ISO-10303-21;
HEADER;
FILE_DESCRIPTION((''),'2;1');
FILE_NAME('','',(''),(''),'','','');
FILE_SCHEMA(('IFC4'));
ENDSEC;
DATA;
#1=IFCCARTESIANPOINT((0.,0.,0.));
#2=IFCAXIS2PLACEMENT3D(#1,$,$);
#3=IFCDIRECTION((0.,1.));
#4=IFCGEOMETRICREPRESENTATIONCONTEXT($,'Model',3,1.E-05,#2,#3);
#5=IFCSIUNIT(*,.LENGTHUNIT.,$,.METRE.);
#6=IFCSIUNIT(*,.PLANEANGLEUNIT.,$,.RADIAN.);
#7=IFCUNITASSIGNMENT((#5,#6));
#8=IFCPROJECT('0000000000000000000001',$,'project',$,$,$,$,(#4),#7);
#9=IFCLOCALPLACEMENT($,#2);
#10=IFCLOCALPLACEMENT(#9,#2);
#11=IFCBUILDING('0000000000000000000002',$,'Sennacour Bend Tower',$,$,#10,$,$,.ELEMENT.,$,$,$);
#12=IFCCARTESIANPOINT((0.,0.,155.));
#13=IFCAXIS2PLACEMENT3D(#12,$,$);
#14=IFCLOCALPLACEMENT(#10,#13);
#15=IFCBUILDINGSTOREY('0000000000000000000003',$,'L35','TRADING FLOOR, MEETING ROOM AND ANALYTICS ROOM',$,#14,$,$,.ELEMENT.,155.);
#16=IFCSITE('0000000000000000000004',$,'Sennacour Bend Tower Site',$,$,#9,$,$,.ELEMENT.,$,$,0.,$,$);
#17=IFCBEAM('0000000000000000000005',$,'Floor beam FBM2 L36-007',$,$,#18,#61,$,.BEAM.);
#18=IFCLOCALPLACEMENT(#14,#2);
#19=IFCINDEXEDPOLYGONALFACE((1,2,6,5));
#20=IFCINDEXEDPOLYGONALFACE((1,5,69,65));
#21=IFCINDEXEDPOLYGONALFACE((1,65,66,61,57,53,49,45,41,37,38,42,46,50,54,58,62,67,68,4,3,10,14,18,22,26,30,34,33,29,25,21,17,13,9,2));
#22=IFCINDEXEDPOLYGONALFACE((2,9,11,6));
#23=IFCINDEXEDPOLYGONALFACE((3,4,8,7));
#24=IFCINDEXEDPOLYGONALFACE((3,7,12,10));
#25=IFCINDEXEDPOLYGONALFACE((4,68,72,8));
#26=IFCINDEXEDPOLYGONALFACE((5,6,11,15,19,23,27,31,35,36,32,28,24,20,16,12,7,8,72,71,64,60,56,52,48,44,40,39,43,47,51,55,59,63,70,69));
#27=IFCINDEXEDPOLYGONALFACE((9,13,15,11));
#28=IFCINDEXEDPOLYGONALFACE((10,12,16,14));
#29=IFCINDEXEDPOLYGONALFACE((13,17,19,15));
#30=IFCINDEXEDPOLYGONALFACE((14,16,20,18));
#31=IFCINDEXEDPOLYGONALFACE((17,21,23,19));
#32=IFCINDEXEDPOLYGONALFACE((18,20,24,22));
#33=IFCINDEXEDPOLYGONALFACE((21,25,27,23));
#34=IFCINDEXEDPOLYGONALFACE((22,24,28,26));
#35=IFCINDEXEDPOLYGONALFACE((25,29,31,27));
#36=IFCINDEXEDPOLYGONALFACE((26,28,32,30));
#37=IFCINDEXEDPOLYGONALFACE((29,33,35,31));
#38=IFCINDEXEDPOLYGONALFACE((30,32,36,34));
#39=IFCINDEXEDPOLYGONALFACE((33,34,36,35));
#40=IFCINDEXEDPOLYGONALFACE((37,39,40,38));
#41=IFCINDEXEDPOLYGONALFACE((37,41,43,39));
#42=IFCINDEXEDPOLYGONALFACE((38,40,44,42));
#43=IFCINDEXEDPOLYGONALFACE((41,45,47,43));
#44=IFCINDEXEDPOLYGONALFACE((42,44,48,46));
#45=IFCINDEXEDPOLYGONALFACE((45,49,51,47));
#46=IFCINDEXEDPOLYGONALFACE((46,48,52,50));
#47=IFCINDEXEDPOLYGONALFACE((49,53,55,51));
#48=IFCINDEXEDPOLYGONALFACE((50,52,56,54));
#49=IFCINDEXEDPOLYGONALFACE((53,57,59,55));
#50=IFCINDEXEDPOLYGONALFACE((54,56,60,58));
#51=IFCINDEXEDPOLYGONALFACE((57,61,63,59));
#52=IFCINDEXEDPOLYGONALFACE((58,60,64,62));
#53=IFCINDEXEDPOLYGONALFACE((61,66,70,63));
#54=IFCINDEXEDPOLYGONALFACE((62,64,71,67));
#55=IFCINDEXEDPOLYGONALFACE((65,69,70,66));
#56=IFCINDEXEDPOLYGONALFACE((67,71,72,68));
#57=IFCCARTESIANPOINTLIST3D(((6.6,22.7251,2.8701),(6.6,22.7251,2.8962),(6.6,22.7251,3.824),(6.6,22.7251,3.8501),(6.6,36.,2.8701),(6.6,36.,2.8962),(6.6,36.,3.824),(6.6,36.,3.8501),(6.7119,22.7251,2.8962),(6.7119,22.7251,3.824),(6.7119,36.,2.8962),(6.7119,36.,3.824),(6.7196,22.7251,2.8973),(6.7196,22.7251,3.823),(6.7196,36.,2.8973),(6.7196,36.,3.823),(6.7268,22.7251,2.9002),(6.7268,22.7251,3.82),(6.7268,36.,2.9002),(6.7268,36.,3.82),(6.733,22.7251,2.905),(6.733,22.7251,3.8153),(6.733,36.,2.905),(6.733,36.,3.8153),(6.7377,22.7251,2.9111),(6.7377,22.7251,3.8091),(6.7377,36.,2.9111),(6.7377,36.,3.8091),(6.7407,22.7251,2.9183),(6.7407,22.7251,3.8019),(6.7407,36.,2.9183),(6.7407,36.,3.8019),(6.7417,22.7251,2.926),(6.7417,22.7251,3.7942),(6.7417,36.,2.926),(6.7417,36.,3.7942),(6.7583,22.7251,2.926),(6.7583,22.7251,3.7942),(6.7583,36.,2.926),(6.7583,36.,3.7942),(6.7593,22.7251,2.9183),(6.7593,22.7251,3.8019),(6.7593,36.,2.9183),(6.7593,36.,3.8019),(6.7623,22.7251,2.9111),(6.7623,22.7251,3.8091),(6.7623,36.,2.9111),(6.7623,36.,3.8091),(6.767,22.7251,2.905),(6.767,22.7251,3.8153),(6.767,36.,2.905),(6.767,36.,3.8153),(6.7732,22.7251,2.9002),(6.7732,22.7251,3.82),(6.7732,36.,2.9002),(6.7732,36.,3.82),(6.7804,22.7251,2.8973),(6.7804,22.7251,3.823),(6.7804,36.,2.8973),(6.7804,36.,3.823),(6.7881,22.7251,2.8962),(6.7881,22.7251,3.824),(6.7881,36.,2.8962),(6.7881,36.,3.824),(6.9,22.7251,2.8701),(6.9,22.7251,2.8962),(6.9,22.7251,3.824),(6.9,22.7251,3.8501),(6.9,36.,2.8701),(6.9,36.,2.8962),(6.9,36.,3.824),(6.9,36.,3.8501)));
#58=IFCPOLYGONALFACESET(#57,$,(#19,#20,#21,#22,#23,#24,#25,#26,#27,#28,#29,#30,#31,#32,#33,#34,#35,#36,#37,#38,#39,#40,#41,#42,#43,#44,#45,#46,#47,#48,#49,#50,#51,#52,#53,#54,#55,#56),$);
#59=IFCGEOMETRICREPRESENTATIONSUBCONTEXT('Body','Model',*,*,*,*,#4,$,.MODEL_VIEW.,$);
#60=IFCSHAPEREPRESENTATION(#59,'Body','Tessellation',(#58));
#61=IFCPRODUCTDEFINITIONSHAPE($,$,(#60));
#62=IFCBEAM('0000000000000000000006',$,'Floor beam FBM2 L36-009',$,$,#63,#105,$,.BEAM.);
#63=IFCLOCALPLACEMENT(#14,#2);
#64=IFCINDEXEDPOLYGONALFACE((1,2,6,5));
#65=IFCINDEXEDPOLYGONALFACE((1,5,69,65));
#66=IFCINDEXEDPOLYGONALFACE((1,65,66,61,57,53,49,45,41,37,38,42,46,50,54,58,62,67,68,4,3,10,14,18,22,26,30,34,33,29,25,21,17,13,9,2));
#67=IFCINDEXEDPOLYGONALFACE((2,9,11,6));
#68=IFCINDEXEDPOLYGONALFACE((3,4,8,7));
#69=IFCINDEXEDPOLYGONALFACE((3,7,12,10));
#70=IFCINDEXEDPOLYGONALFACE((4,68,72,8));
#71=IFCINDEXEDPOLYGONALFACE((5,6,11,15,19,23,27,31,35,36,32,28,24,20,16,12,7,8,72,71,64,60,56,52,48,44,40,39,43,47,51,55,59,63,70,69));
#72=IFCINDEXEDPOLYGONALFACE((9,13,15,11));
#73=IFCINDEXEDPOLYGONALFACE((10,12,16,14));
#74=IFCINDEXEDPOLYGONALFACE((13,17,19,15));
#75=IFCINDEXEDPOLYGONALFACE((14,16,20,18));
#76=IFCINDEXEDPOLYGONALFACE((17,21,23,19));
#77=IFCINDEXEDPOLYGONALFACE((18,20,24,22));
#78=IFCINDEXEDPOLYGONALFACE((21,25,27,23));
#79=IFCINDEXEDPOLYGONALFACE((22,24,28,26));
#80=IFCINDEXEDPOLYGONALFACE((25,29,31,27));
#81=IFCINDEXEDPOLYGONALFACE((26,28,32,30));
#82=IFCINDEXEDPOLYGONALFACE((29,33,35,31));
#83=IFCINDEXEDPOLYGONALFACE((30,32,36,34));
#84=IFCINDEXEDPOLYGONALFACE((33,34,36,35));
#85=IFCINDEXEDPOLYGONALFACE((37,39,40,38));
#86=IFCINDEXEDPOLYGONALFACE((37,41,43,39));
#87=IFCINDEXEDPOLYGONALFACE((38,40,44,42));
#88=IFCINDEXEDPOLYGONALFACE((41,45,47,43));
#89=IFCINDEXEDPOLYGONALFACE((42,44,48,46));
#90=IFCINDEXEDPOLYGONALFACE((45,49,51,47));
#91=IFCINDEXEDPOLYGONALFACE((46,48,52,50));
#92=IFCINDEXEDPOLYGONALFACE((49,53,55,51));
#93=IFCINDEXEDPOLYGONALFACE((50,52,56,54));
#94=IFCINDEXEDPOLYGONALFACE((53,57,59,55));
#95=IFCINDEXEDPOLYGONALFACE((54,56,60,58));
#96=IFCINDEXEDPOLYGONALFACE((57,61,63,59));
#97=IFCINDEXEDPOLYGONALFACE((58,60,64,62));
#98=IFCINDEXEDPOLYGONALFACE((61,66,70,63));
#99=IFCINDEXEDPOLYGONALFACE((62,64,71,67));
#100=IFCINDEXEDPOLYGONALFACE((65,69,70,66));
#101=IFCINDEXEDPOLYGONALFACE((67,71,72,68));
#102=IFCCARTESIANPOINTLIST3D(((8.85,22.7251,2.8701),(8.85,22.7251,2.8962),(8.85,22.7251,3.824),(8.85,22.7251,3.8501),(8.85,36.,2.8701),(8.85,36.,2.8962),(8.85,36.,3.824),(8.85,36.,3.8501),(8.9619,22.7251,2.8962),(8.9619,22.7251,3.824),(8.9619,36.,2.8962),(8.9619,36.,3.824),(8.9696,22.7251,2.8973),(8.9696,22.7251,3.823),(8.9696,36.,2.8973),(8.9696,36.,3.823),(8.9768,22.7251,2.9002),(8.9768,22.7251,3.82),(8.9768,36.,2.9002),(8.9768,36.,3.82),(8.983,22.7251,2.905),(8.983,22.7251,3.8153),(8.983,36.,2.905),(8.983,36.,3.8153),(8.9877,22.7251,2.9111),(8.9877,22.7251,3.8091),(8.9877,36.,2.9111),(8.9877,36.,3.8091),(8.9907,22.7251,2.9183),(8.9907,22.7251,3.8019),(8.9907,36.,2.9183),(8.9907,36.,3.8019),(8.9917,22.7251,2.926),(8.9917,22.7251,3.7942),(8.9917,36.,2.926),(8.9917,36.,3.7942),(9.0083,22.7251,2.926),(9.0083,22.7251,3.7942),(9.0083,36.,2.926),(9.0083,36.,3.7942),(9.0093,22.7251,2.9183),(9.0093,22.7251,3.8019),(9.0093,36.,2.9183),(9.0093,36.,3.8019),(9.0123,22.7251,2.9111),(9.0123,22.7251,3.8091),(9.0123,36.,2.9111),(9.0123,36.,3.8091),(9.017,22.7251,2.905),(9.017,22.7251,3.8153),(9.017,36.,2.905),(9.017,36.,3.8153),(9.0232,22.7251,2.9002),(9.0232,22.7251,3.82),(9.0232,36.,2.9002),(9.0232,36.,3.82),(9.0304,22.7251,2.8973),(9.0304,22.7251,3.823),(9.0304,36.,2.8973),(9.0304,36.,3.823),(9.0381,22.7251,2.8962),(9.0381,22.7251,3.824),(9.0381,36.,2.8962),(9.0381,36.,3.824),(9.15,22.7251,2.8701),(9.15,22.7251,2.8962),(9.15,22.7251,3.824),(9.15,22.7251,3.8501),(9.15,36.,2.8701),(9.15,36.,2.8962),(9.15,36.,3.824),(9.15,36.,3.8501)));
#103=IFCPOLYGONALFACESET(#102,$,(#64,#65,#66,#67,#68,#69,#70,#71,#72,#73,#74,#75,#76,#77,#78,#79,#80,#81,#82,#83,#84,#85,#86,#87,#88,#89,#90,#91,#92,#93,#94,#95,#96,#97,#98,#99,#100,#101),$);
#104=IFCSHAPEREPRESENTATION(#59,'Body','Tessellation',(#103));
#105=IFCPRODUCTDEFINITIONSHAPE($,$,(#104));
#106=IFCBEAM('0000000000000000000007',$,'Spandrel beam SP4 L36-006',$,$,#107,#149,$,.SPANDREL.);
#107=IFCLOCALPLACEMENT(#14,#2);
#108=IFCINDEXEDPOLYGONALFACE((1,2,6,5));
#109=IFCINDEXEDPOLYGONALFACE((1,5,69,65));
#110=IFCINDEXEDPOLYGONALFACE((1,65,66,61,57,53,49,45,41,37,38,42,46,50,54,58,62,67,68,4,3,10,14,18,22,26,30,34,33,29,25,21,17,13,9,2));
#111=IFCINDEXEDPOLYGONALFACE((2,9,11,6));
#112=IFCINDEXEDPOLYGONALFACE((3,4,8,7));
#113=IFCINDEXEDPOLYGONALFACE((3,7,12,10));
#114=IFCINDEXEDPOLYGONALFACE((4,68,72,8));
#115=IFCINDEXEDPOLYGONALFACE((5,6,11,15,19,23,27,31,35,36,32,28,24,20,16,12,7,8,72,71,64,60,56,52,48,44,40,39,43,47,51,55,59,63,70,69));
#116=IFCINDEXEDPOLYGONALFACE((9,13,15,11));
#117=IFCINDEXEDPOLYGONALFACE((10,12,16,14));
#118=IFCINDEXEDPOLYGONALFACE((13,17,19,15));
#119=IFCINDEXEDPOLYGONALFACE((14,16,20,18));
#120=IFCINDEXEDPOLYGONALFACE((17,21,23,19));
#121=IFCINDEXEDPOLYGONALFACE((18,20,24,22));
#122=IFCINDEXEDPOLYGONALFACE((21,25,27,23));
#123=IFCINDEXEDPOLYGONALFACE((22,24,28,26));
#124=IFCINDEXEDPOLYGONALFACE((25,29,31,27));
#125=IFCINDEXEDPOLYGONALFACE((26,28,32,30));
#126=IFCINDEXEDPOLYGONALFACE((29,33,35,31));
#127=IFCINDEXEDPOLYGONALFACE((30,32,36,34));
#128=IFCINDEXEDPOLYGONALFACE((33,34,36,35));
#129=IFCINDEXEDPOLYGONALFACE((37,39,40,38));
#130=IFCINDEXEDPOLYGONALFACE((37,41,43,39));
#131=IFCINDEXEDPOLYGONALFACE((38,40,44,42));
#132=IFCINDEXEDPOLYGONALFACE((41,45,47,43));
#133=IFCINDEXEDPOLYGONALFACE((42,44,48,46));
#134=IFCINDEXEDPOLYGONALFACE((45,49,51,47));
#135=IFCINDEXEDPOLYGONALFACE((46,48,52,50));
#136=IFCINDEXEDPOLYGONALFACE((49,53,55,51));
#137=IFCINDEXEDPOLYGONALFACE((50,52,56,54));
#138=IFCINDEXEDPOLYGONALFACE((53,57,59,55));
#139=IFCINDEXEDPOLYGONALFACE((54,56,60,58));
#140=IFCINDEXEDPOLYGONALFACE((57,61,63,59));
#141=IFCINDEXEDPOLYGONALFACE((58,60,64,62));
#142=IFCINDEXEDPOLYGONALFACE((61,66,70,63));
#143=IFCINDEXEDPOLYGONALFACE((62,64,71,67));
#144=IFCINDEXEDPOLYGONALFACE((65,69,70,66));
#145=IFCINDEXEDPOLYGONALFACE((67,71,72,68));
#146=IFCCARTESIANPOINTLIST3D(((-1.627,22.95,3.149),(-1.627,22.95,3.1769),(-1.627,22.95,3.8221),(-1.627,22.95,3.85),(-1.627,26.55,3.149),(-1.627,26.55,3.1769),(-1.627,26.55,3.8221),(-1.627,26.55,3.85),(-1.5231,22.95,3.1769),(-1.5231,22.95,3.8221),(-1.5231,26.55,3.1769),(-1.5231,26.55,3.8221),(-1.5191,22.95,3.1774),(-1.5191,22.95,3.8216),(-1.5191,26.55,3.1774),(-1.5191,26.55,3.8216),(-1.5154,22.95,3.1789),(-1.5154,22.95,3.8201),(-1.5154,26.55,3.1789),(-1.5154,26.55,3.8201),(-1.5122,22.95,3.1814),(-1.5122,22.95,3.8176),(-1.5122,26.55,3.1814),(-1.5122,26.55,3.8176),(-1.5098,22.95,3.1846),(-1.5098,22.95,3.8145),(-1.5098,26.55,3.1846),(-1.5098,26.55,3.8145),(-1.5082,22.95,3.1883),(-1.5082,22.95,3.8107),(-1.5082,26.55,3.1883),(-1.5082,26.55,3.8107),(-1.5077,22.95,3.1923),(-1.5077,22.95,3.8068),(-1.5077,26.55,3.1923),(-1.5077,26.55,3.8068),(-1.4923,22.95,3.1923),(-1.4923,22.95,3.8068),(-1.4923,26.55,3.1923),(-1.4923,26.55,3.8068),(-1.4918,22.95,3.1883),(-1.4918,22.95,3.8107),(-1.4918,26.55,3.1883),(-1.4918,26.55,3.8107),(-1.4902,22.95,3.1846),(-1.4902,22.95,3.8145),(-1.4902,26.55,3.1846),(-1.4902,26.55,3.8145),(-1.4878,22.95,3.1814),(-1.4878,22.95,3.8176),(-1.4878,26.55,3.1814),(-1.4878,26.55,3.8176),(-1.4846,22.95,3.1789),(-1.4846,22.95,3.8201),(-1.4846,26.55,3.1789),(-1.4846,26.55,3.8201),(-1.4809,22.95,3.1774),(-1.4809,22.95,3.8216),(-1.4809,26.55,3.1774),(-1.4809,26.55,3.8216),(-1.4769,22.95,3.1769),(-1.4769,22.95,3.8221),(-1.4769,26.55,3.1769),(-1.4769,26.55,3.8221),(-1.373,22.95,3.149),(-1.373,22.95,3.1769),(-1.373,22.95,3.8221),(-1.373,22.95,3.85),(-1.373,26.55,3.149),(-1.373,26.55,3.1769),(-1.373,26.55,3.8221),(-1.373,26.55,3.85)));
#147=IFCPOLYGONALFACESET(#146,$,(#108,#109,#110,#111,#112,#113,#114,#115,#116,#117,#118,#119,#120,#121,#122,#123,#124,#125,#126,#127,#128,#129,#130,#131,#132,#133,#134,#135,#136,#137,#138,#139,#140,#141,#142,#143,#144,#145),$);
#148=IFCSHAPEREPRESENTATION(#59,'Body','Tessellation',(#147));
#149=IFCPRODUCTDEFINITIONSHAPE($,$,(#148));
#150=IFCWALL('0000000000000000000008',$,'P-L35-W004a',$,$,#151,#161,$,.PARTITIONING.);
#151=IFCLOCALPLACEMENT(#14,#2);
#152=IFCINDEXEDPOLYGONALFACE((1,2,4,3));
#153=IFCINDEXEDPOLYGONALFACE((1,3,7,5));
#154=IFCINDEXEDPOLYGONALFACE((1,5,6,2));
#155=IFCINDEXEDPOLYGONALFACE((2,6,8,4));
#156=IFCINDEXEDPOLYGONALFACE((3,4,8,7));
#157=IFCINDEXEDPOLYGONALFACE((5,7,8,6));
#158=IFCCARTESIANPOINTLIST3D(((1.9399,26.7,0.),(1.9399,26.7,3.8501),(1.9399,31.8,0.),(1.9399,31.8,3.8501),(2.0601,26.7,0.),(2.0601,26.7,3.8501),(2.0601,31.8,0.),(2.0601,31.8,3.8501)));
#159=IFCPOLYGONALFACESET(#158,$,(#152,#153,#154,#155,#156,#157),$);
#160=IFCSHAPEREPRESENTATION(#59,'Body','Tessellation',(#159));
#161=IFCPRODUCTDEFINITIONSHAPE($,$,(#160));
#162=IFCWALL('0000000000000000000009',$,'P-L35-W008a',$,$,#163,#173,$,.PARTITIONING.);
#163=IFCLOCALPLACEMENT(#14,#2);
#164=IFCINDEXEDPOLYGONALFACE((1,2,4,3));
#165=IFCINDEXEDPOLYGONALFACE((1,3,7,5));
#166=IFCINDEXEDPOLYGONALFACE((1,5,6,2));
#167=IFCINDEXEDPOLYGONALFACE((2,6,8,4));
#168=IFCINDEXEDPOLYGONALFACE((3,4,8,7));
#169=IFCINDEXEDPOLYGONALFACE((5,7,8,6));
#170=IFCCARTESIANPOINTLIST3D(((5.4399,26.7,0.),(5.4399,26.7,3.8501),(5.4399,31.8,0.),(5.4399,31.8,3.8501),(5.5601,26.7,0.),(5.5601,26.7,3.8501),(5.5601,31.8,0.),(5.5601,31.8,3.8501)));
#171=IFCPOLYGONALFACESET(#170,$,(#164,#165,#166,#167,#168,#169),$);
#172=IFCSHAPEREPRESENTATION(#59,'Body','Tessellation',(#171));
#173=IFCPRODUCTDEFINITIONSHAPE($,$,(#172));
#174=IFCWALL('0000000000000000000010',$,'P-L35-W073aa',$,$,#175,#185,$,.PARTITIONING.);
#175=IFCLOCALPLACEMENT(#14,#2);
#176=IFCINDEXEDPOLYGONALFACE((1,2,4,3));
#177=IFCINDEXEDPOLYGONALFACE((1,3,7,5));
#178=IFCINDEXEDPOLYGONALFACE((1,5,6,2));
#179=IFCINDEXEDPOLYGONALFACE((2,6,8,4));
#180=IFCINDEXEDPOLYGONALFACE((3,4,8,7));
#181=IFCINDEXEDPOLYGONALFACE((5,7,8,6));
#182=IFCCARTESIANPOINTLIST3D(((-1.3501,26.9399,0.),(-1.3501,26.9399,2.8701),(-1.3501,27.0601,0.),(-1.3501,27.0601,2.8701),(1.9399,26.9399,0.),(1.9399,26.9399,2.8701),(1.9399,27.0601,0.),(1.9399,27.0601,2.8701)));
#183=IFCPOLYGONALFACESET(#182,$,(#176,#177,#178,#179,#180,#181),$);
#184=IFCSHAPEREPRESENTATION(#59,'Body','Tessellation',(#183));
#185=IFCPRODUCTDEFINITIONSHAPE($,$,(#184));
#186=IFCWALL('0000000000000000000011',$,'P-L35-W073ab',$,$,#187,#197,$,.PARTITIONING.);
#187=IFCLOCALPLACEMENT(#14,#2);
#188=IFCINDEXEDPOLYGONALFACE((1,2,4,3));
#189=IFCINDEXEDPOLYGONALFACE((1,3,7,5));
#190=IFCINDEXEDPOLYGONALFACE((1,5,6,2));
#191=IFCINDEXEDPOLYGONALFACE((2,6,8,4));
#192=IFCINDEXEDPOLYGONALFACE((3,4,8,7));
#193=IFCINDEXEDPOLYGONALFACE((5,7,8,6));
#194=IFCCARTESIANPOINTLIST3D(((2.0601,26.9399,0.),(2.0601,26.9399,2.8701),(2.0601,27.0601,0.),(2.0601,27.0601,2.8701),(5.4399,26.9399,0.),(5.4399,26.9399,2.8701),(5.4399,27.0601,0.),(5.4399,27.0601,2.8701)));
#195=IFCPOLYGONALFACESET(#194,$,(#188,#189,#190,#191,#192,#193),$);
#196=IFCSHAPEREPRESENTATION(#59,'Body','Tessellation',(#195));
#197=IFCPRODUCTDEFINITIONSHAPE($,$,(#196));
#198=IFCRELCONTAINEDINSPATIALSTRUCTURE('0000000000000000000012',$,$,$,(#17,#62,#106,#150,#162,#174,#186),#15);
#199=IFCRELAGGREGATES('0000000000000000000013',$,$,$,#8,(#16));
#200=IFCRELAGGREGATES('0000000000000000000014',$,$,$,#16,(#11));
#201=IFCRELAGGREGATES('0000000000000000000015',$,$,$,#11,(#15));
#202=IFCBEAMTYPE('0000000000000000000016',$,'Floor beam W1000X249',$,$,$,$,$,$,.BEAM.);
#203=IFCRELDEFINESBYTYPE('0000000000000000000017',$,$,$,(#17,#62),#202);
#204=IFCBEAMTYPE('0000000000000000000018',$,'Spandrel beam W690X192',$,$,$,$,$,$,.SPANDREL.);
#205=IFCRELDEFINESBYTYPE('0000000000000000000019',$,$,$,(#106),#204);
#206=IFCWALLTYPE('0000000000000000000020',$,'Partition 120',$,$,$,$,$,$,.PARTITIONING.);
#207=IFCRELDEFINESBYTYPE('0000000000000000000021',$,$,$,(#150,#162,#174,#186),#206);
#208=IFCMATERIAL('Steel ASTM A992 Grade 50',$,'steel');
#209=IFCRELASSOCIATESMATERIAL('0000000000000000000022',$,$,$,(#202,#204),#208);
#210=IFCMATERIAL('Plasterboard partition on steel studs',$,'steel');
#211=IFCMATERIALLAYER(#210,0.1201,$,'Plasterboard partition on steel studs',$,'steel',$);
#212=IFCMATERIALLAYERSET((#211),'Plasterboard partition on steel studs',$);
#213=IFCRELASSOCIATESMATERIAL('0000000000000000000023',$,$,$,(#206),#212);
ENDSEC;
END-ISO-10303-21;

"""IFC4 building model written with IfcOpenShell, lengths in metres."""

from ifc_helpers import new_model, si_unit, direction, frame, frame_2d, origin, origin_2d, place, context, subcontext, project, spatial, rectangle, i_section, extrude, material, layer, layer_set, material_profile, profile_set, type_object, element, save


model = new_model("IFC4")

# Units and contexts
model_context = context("Model", 3, precision=1e-05, world=origin(), true_north=direction((0.0, 1.0)))
body_context = subcontext(model_context, "Body", "Model", "MODEL_VIEW")
ifc_project = project(units=[si_unit("LENGTHUNIT", "METRE"), si_unit("PLANEANGLEUNIT", "RADIAN")], contexts=[model_context])

# Site, building, storey
site_placement = place(None, origin())
site = spatial("IfcSite", under=ifc_project, at=site_placement, Name="Sennacour Bend Tower Site", CompositionType="ELEMENT", RefElevation=0.0)
building_placement = place(site_placement, origin())
building = spatial("IfcBuilding", under=site, at=building_placement, Name="Sennacour Bend Tower", CompositionType="ELEMENT")
storey_placement = place(building_placement, frame((0.0, 0.0, 155.0)))
storey = spatial("IfcBuildingStorey", under=building, at=storey_placement, Name="L35", Description="TRADING FLOOR, MEETING ROOM AND ANALYTICS ROOM", CompositionType="ELEMENT", Elevation=155.0)

# Beams
ifc_material_1 = material(Name="Steel ASTM A992 Grade 50", Category="steel")
ifc_material_profile_1 = material_profile(ifc_material_1, i_section(OverallWidth=0.3, OverallDepth=0.98, WebThickness=0.0166, FlangeThickness=0.0261, FilletRadius=0.0298, at=origin_2d()), Name="Steel ASTM A992 Grade 50", Category="steel")
ifc_profile_set_1 = profile_set([ifc_material_profile_1], Name="Steel ASTM A992 Grade 50")
beam_type_1 = type_object("IfcBeamType", Name="Floor beam W1000X249", PredefinedType="BEAM", material=ifc_profile_set_1)
for number, where, z_axis, x_axis, name in (
    (1, (6.75, 22.7251, 3.3601), (0.0, 1.0, 0.0), (-1.0, 0.0, 0.0), "Floor beam FBM2 L36-007"),
    (2, (9.0, 22.7251, 3.3601), (0.0, 1.0, 0.0), (-1.0, 0.0, 0.0), "Floor beam FBM2 L36-009"),
):
    element("IfcBeam", number, at=place(storey_placement, frame(where, z_axis=z_axis, x_axis=x_axis)), inside=storey, type_object=beam_type_1, Name=name, PredefinedType="BEAM", context=body_context, shape_type="SweptSolid", body=[
        extrude(i_section(OverallWidth=0.3, OverallDepth=0.98, WebThickness=0.0166, FlangeThickness=0.0261, FilletRadius=0.0298, at=origin_2d()), origin(), (0.0, 0.0, 1.0), 13.2749),
    ])
ifc_material_profile_2 = material_profile(ifc_material_1, i_section(OverallWidth=0.2539, OverallDepth=0.7009, WebThickness=0.0154, FlangeThickness=0.0278, FilletRadius=0.0154, at=origin_2d()), Name="Steel ASTM A992 Grade 50", Category="steel")
ifc_profile_set_2 = profile_set([ifc_material_profile_2], Name="Steel ASTM A992 Grade 50")
beam_type_2 = type_object("IfcBeamType", Name="Spandrel beam W690X192", PredefinedType="SPANDREL", material=ifc_profile_set_2)
beam_1_placement = place(storey_placement, frame((-1.5, 22.95, 3.4995), z_axis=(0.0, 1.0, 0.0), x_axis=(-1.0, 0.0, 0.0)))
element("IfcBeam", 3, at=beam_1_placement, inside=storey, type_object=beam_type_2, Name="Spandrel beam SP4 L36-006", PredefinedType="SPANDREL", context=body_context, shape_type="SweptSolid", body=[
    extrude(i_section(OverallWidth=0.2539, OverallDepth=0.7009, WebThickness=0.0154, FlangeThickness=0.0278, FilletRadius=0.0154, at=origin_2d()), origin(), (0.0, 0.0, 1.0), 3.6001),
])

# Walls
ifc_material_2 = material(Name="Plasterboard partition on steel studs", Category="steel")
ifc_layer_1 = layer(ifc_material_2, 0.1201, Name="Plasterboard partition on steel studs", Category="steel")
ifc_layer_set_1 = layer_set([ifc_layer_1], Name="Plasterboard partition on steel studs")
wall_type_1 = type_object("IfcWallType", Name="Partition 120", PredefinedType="PARTITIONING", material=ifc_layer_set_1)
for number, where, z_axis, x_axis, name in (
    (4, (2.0, 26.7, 0.0), (0.0, 0.0, 1.0), (0.0, 1.0, 0.0), "P-L35-W004a"),
    (5, (5.5, 26.7, 0.0), (0.0, 0.0, 1.0), (0.0, 1.0, 0.0), "P-L35-W008a"),
):
    element("IfcWall", number, at=place(storey_placement, frame(where, z_axis=z_axis, x_axis=x_axis)), inside=storey, type_object=wall_type_1, Name=name, PredefinedType="PARTITIONING", context=body_context, shape_type="SweptSolid", body=[
        extrude(rectangle(XDim=5.1001, YDim=0.1201, at=frame_2d((2.55, 0.0))), origin(), (0.0, 0.0, 1.0), 3.8501),
    ])
wall_1_placement = place(storey_placement, frame((-1.3501, 27.0, 0.0), z_axis=(0.0, 0.0, 1.0), x_axis=(1.0, 0.0, 0.0)))
element("IfcWall", 6, at=wall_1_placement, inside=storey, type_object=wall_type_1, Name="P-L35-W073aa", PredefinedType="PARTITIONING", context=body_context, shape_type="SweptSolid", body=[
    extrude(rectangle(XDim=3.29, YDim=0.1201, at=frame_2d((1.645, 0.0))), origin(), (0.0, 0.0, 1.0), 2.8701),
])
wall_2_placement = place(storey_placement, frame((2.0601, 27.0, 0.0), z_axis=(0.0, 0.0, 1.0), x_axis=(1.0, 0.0, 0.0)))
element("IfcWall", 7, at=wall_2_placement, inside=storey, type_object=wall_type_1, Name="P-L35-W073ab", PredefinedType="PARTITIONING", context=body_context, shape_type="SweptSolid", body=[
    extrude(rectangle(XDim=3.3799, YDim=0.1201, at=frame_2d((1.6899, 0.0))), origin(), (0.0, 0.0, 1.0), 2.8701),
])

save(model, "model.ifc")
